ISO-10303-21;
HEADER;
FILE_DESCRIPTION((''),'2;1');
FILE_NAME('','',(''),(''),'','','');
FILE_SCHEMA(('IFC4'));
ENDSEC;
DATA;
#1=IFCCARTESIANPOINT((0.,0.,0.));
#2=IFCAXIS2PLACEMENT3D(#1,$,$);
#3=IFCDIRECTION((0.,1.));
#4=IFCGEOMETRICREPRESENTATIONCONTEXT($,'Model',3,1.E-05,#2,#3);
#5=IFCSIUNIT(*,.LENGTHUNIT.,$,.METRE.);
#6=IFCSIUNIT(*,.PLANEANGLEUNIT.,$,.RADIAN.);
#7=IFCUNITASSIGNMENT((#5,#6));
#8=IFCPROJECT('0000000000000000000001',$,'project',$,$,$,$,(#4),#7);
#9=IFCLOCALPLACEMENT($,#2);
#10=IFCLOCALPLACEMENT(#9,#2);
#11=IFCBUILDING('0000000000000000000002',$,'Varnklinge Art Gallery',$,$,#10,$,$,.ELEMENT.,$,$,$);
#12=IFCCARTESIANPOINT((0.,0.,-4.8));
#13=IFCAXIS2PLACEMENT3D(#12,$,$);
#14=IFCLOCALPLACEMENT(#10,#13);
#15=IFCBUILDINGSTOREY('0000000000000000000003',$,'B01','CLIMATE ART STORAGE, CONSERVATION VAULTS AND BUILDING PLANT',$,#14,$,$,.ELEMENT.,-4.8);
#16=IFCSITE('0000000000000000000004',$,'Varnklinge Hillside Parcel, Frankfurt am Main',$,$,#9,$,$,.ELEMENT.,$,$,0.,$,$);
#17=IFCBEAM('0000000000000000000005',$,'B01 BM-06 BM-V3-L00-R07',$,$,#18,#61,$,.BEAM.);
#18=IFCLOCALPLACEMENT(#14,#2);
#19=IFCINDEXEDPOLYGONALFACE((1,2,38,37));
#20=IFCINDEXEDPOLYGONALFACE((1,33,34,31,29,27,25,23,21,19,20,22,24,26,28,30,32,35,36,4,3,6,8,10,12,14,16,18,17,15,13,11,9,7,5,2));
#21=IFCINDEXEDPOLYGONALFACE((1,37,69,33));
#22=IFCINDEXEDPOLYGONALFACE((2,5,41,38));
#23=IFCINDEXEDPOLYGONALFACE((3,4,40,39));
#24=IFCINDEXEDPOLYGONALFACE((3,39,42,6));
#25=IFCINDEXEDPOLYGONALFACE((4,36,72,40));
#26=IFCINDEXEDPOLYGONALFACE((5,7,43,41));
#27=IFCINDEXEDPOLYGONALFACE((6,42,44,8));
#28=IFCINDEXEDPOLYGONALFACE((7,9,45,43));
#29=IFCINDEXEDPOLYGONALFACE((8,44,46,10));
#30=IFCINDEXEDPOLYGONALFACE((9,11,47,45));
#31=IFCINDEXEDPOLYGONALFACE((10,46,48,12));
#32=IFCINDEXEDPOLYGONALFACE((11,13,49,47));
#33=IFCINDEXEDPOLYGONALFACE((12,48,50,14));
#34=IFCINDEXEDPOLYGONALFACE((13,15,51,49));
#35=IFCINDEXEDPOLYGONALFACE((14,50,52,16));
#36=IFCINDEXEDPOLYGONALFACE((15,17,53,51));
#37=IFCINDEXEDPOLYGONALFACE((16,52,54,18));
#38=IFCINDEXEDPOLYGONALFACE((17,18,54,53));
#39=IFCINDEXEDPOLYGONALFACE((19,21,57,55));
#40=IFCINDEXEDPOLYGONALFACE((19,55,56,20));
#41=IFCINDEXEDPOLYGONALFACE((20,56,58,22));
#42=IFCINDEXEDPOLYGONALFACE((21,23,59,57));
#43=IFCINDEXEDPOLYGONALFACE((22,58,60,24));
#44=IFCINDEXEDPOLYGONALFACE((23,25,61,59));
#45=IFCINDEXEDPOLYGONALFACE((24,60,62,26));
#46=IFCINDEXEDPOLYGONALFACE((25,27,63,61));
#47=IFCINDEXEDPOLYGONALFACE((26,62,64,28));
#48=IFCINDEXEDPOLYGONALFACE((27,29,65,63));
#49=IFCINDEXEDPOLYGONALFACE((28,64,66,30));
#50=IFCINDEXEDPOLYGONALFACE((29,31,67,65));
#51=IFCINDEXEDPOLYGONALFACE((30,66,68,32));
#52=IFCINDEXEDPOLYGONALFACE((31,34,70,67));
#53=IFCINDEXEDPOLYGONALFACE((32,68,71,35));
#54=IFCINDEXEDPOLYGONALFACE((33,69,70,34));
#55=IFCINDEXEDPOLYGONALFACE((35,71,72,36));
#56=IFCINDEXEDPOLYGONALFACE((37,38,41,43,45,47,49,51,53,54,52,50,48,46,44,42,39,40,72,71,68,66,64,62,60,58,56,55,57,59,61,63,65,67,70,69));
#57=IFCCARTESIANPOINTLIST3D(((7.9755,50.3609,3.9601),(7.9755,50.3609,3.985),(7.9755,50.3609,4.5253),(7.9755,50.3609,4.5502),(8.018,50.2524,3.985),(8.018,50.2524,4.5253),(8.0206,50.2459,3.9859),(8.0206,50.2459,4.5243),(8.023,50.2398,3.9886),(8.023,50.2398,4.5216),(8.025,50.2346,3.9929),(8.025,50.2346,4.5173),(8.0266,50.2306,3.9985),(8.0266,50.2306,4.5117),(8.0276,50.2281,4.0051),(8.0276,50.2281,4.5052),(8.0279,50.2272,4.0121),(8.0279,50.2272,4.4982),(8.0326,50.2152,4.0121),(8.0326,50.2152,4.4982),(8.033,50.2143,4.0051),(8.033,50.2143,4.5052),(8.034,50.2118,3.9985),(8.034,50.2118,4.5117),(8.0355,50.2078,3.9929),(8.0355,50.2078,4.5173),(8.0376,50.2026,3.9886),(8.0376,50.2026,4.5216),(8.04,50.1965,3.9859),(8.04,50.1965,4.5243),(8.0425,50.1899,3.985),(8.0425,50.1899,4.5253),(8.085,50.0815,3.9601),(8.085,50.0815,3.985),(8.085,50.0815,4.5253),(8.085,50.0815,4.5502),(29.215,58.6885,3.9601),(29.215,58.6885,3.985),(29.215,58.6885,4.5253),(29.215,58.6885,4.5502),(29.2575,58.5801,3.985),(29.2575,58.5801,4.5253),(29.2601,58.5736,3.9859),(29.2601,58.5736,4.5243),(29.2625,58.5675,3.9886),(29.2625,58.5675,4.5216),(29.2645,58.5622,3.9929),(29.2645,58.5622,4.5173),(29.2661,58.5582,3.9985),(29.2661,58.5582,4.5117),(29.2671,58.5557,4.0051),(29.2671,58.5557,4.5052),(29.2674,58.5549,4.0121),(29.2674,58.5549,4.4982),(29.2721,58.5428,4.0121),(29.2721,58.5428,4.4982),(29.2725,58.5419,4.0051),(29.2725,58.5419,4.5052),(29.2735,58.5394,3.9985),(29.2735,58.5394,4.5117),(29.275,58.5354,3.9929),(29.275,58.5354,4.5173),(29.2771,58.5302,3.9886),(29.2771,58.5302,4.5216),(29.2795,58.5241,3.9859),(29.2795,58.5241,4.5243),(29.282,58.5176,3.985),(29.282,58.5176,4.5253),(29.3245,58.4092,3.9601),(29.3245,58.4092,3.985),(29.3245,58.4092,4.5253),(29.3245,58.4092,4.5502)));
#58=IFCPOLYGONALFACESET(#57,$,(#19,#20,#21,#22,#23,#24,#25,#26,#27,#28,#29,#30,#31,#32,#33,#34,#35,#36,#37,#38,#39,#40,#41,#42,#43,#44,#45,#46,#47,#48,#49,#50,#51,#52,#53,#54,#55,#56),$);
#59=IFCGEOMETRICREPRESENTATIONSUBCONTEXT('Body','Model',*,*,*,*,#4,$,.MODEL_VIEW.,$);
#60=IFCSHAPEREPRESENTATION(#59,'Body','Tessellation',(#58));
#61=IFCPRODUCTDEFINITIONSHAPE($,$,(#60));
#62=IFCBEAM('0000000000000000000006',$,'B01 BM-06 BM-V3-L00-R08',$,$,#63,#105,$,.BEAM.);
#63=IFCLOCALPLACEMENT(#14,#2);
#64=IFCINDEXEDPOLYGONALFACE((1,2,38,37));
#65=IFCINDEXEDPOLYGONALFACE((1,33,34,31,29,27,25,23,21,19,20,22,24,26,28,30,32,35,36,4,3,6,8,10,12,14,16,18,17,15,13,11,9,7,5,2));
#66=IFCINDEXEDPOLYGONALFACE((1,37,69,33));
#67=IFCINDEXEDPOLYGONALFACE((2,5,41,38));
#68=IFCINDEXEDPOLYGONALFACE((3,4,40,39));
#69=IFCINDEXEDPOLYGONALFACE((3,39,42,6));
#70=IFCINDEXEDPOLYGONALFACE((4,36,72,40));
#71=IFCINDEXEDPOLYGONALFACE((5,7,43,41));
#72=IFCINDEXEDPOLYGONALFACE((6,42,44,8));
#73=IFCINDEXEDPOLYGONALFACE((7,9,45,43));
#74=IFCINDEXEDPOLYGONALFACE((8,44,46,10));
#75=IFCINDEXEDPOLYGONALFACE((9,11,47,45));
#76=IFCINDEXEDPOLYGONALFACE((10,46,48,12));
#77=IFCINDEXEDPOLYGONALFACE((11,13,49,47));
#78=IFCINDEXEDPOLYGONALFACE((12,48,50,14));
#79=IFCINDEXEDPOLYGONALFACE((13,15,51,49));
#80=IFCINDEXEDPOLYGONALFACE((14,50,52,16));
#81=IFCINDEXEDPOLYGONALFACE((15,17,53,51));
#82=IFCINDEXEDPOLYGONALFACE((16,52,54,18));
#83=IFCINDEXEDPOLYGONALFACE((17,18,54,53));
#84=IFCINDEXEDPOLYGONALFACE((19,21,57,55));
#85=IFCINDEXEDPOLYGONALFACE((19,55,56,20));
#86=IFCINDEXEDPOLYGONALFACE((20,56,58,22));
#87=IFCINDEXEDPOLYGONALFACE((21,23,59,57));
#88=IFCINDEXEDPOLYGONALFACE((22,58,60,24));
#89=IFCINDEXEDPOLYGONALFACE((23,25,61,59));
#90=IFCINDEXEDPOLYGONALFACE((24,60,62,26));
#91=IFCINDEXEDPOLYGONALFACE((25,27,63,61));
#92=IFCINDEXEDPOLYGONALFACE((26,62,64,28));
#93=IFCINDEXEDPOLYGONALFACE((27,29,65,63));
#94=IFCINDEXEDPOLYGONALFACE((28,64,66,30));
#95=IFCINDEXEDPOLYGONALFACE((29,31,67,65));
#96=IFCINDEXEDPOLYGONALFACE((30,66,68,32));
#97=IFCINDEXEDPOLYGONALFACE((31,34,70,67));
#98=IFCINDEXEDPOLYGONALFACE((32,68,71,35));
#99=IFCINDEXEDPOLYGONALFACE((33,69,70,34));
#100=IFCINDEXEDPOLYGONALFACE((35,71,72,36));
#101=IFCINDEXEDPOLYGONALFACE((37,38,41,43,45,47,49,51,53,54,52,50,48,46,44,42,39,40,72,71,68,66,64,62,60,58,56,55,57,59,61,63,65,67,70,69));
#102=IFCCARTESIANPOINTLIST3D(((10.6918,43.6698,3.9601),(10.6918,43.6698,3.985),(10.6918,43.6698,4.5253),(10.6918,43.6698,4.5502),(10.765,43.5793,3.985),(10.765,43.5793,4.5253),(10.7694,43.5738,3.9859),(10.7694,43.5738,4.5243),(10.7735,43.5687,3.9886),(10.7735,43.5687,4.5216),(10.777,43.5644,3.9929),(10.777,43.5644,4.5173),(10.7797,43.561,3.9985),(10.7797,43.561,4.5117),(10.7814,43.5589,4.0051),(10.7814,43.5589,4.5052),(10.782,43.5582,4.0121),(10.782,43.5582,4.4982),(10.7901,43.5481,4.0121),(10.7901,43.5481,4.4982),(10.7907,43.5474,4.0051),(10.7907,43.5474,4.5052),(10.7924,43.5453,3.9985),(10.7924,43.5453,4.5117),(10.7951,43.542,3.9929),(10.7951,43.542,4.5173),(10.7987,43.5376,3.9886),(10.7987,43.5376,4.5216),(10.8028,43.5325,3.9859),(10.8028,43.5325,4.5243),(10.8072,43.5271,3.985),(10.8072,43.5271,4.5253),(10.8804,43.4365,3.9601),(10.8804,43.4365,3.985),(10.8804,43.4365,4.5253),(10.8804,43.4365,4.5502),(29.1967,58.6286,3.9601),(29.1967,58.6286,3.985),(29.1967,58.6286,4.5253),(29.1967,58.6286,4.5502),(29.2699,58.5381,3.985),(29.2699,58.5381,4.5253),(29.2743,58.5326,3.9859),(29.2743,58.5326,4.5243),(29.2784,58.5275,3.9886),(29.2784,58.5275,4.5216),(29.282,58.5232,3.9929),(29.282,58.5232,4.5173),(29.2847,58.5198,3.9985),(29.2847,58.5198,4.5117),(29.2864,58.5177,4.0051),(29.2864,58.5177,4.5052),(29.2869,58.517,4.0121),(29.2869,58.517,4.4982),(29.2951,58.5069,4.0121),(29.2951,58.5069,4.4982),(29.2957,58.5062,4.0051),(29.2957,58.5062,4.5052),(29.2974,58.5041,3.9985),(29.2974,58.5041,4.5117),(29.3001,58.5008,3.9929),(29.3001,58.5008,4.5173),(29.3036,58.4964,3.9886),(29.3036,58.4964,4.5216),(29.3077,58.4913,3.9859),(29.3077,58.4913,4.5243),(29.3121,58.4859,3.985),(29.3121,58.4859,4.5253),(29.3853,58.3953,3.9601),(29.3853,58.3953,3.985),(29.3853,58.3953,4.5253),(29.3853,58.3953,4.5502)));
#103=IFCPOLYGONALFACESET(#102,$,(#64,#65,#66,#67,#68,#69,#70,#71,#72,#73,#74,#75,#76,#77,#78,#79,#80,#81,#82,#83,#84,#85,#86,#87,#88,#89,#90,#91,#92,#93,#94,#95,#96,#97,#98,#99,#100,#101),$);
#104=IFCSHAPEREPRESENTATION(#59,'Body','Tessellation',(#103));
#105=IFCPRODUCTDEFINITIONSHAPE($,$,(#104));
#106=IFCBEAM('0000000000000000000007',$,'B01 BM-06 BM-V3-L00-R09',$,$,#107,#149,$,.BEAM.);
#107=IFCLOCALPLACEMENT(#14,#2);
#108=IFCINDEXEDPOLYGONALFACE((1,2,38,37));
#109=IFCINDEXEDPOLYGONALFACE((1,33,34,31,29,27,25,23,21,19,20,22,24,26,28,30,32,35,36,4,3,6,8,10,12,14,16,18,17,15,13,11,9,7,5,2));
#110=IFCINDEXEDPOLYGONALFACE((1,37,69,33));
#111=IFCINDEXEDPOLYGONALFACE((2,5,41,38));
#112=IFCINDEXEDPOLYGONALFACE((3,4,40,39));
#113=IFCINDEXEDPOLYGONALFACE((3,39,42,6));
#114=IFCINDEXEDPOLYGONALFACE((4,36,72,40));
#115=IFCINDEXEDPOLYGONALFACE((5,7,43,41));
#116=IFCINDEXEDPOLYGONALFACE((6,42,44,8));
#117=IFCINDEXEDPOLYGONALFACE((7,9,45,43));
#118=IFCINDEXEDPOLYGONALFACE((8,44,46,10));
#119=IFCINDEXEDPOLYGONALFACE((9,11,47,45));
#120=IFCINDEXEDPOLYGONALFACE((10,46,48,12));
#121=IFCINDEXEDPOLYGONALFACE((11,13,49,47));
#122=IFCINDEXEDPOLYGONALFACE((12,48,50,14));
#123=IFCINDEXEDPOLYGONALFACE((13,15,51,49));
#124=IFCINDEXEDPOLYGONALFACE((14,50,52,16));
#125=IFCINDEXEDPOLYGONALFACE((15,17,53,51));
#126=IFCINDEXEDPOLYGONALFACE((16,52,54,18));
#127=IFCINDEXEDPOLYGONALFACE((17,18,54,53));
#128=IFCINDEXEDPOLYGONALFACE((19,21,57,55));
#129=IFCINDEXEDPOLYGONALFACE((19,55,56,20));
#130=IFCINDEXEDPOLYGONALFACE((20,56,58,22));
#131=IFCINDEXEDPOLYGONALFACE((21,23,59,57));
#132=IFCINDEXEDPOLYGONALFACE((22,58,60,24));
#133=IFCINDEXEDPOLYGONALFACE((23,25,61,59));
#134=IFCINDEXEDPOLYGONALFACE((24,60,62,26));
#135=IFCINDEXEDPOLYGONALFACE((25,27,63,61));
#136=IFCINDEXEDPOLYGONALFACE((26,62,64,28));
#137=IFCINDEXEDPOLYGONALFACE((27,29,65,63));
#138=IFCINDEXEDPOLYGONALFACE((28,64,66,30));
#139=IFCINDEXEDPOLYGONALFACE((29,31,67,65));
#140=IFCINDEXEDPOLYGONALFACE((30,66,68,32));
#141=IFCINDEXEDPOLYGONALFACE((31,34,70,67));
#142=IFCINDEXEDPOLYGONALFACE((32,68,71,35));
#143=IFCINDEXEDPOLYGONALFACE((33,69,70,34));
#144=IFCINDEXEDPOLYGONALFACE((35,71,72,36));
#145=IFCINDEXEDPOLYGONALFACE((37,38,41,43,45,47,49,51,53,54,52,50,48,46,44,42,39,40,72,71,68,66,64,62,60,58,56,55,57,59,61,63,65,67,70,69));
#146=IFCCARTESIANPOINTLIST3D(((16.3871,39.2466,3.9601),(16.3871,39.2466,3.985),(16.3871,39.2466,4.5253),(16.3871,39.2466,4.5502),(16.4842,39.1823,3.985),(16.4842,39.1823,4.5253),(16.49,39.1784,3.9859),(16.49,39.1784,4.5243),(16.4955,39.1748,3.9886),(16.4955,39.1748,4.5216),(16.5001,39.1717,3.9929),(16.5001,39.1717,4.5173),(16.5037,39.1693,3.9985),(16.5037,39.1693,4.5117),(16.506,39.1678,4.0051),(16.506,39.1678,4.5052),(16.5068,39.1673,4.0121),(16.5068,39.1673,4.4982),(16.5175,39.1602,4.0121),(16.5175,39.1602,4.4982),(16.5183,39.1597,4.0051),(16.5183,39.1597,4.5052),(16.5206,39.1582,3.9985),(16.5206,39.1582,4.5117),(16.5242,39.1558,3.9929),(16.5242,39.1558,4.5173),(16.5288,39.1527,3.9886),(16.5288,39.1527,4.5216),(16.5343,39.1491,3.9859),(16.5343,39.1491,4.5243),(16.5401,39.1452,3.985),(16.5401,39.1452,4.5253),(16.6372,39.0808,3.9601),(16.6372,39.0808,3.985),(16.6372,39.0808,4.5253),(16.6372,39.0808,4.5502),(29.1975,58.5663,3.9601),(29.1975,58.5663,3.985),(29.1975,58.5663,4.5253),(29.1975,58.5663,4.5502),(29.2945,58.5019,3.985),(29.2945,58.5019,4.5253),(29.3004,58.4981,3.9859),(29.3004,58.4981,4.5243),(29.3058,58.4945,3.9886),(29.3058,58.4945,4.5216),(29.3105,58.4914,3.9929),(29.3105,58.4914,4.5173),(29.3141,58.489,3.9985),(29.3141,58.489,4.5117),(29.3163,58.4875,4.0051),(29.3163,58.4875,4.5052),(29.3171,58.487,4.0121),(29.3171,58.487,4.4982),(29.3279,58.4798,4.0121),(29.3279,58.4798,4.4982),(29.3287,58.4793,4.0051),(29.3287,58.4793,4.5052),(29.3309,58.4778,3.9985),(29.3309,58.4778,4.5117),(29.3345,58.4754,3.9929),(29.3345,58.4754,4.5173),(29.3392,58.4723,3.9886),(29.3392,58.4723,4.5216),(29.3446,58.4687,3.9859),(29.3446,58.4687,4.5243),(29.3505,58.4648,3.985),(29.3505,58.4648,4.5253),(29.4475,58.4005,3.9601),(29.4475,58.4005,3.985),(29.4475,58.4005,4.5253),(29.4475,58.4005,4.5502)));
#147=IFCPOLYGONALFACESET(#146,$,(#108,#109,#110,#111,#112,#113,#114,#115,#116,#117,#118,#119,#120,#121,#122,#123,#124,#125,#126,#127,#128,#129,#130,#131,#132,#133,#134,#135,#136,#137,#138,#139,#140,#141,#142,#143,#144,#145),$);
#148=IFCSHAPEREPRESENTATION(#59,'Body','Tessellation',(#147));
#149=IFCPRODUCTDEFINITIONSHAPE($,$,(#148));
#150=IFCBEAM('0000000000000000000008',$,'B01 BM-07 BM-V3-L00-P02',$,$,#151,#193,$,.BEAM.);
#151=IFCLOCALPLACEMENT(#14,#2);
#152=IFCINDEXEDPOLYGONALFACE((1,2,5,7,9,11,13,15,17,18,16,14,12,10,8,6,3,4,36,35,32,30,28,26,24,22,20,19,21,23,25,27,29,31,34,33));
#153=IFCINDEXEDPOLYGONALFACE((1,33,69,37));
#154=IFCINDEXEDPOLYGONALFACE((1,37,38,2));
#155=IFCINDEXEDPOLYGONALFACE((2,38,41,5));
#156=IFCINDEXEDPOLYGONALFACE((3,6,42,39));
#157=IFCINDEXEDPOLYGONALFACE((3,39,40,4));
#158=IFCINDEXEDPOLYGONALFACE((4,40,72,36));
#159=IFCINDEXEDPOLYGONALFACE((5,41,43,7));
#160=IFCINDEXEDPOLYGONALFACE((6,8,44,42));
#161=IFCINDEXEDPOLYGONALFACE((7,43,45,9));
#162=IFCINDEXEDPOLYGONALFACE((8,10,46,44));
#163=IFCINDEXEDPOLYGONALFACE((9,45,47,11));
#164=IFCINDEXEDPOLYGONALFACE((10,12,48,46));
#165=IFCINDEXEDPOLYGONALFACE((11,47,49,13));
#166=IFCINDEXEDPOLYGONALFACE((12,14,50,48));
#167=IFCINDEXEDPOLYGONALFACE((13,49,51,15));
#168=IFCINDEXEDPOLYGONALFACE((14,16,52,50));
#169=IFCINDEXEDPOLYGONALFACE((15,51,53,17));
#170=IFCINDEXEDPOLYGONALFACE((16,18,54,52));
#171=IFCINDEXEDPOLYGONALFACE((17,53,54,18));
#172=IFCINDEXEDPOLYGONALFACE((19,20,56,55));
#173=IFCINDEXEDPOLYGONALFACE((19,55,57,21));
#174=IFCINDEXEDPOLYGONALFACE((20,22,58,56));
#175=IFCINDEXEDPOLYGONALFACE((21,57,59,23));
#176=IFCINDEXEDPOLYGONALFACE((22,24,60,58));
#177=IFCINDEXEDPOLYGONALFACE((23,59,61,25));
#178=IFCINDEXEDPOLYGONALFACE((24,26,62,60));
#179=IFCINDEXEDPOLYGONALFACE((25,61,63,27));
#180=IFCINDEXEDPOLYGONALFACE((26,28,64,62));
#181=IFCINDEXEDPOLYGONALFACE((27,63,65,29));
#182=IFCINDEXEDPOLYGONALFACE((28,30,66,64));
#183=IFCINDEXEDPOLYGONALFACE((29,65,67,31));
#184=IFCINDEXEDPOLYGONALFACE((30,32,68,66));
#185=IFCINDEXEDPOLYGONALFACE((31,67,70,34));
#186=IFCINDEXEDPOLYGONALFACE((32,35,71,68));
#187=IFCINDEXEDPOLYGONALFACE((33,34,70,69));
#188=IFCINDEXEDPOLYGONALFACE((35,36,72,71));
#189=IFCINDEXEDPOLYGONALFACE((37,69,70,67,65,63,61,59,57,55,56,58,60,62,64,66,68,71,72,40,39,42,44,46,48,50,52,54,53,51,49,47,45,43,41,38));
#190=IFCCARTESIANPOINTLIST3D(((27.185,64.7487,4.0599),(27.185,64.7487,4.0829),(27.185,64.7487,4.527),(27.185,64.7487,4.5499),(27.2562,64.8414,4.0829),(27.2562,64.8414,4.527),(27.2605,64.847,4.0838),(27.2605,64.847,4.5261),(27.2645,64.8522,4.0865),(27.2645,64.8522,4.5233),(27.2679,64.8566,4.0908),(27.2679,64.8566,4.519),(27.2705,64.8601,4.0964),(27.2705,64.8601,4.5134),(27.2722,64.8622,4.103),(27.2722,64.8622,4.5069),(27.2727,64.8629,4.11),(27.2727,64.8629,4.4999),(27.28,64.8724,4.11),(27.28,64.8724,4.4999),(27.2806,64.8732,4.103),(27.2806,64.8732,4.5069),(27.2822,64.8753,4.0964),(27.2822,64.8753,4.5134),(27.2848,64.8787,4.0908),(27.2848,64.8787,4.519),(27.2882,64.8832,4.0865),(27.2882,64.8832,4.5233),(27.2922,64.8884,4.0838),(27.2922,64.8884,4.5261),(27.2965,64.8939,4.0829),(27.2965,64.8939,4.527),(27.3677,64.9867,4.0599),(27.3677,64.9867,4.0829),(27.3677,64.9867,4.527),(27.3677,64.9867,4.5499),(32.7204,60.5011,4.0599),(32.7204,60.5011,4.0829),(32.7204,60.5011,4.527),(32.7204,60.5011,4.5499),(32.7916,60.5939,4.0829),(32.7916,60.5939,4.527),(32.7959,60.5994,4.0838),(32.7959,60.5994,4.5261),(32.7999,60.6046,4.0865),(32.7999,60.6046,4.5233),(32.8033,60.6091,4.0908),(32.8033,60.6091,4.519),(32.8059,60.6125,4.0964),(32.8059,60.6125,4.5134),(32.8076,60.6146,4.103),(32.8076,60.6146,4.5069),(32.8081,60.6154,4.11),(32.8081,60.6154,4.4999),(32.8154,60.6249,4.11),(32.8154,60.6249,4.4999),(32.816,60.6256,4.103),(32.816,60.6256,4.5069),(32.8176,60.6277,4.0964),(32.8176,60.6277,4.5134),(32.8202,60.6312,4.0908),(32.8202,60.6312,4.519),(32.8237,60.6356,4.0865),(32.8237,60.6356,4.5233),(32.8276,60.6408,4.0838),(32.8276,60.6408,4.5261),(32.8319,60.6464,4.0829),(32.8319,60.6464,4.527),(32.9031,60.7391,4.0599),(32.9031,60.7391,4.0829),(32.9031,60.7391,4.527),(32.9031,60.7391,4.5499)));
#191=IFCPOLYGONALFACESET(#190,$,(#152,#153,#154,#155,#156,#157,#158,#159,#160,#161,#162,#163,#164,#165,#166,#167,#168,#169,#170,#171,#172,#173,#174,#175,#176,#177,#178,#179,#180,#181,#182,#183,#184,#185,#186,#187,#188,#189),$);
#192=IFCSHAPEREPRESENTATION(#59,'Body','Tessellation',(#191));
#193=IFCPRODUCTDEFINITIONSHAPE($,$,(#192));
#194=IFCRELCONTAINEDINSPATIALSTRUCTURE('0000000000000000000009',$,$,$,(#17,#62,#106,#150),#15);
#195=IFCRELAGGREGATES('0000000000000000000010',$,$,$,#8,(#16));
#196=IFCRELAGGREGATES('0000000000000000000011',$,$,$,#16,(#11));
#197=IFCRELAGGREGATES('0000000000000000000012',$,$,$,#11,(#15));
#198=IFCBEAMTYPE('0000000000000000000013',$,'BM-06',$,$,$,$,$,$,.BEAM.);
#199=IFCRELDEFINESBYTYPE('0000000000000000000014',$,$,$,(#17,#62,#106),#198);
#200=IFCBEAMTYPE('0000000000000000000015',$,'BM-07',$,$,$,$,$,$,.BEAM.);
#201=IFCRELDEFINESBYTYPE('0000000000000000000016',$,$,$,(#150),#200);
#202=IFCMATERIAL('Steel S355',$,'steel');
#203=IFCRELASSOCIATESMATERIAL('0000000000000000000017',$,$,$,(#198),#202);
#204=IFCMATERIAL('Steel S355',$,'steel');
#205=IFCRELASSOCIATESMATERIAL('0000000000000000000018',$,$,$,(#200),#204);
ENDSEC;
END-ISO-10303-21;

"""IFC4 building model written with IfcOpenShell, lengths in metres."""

from ifc_helpers import new_model, si_unit, direction, frame, origin, origin_2d, place, context, subcontext, project, spatial, i_section, extrude, material, material_profile, profile_set, type_object, element, save


model = new_model("IFC4")

# Units and contexts
model_context = context("Model", 3, precision=1e-05, world=origin(), true_north=direction((0.0, 1.0)))
body_context = subcontext(model_context, "Body", "Model", "MODEL_VIEW")
ifc_project = project(units=[si_unit("LENGTHUNIT", "METRE"), si_unit("PLANEANGLEUNIT", "RADIAN")], contexts=[model_context])

# Site, building, storey
site_placement = place(None, origin())
site = spatial("IfcSite", under=ifc_project, at=site_placement, Name="Varnklinge Hillside Parcel, Frankfurt am Main", CompositionType="ELEMENT", RefElevation=0.0)
building_placement = place(site_placement, origin())
building = spatial("IfcBuilding", under=site, at=building_placement, Name="Varnklinge Art Gallery", CompositionType="ELEMENT")
storey_placement = place(building_placement, frame((0.0, 0.0, -4.8)))
storey = spatial("IfcBuildingStorey", under=building, at=storey_placement, Name="B01", Description="CLIMATE ART STORAGE, CONSERVATION VAULTS AND BUILDING PLANT", CompositionType="ELEMENT", Elevation=-4.8)

# Beams
ifc_material_1 = material(Name="Steel S355", Category="steel")
ifc_material_profile_1 = material_profile(ifc_material_1, i_section(OverallWidth=0.3, OverallDepth=0.5901, WebThickness=0.0129, FlangeThickness=0.0249, FilletRadius=0.0271, at=origin_2d()), Name="HEA 600")
ifc_profile_set_1 = profile_set([ifc_material_profile_1], Name="Steel S355")
beam_type_1 = type_object("IfcBeamType", Name="BM-06", PredefinedType="BEAM", material=ifc_profile_set_1)
beam_1_placement = place(storey_placement, frame((29.2698, 58.5488, 4.2551), z_axis=(-0.930997, -0.365028, 0.0), x_axis=(0.365028, -0.930997, 0.0)))
element("IfcBeam", 1, at=beam_1_placement, inside=storey, type_object=beam_type_1, Name="B01 BM-06 BM-V3-L00-R07", PredefinedType="BEAM", context=body_context, shape_type="SweptSolid", body=[
    extrude(i_section(OverallWidth=0.3, OverallDepth=0.5901, WebThickness=0.0129, FlangeThickness=0.0249, FilletRadius=0.0271, at=origin_2d()), origin(), (0.0, 0.0, 1.0), 22.8137),
])
beam_2_placement = place(storey_placement, frame((29.291, 58.512, 4.2551), z_axis=(-0.777685, -0.628655, 0.0), x_axis=(0.628655, -0.777685, 0.0)))
element("IfcBeam", 2, at=beam_2_placement, inside=storey, type_object=beam_type_1, Name="B01 BM-06 BM-V3-L00-R08", PredefinedType="BEAM", context=body_context, shape_type="SweptSolid", body=[
    extrude(i_section(OverallWidth=0.3, OverallDepth=0.5901, WebThickness=0.0129, FlangeThickness=0.0249, FilletRadius=0.0271, at=origin_2d()), origin(), (0.0, 0.0, 1.0), 23.7949),
])
beam_3_placement = place(storey_placement, frame((29.3225, 58.4834, 4.2551), z_axis=(-0.552625, -0.83343, 0.0), x_axis=(0.83343, -0.552625, 0.0)))
element("IfcBeam", 3, at=beam_3_placement, inside=storey, type_object=beam_type_1, Name="B01 BM-06 BM-V3-L00-R09", PredefinedType="BEAM", context=body_context, shape_type="SweptSolid", body=[
    extrude(i_section(OverallWidth=0.3, OverallDepth=0.5901, WebThickness=0.0129, FlangeThickness=0.0249, FilletRadius=0.0271, at=origin_2d()), origin(), (0.0, 0.0, 1.0), 23.1809),
])
ifc_material_2 = material(Name="Steel S355", Category="steel")
ifc_material_profile_2 = material_profile(ifc_material_2, i_section(OverallWidth=0.3, OverallDepth=0.49, WebThickness=0.012, FlangeThickness=0.0229, FilletRadius=0.0271, at=origin_2d()), Name="HEA 500")
ifc_profile_set_2 = profile_set([ifc_material_profile_2], Name="Steel S355")
beam_type_2 = type_object("IfcBeamType", Name="BM-07", PredefinedType="BEAM", material=ifc_profile_set_2)
beam_4_placement = place(storey_placement, frame((32.8118, 60.6201, 4.3049), z_axis=(-0.793347, 0.60877, 0.0), x_axis=(-0.60877, -0.793347, 0.0)))
element("IfcBeam", 4, at=beam_4_placement, inside=storey, type_object=beam_type_2, Name="B01 BM-07 BM-V3-L00-P02", PredefinedType="BEAM", context=body_context, shape_type="SweptSolid", body=[
    extrude(i_section(OverallWidth=0.3, OverallDepth=0.49, WebThickness=0.012, FlangeThickness=0.0229, FilletRadius=0.0271, at=origin_2d()), origin(), (0.0, 0.0, 1.0), 6.9773),
])

save(model, "model.ifc")
